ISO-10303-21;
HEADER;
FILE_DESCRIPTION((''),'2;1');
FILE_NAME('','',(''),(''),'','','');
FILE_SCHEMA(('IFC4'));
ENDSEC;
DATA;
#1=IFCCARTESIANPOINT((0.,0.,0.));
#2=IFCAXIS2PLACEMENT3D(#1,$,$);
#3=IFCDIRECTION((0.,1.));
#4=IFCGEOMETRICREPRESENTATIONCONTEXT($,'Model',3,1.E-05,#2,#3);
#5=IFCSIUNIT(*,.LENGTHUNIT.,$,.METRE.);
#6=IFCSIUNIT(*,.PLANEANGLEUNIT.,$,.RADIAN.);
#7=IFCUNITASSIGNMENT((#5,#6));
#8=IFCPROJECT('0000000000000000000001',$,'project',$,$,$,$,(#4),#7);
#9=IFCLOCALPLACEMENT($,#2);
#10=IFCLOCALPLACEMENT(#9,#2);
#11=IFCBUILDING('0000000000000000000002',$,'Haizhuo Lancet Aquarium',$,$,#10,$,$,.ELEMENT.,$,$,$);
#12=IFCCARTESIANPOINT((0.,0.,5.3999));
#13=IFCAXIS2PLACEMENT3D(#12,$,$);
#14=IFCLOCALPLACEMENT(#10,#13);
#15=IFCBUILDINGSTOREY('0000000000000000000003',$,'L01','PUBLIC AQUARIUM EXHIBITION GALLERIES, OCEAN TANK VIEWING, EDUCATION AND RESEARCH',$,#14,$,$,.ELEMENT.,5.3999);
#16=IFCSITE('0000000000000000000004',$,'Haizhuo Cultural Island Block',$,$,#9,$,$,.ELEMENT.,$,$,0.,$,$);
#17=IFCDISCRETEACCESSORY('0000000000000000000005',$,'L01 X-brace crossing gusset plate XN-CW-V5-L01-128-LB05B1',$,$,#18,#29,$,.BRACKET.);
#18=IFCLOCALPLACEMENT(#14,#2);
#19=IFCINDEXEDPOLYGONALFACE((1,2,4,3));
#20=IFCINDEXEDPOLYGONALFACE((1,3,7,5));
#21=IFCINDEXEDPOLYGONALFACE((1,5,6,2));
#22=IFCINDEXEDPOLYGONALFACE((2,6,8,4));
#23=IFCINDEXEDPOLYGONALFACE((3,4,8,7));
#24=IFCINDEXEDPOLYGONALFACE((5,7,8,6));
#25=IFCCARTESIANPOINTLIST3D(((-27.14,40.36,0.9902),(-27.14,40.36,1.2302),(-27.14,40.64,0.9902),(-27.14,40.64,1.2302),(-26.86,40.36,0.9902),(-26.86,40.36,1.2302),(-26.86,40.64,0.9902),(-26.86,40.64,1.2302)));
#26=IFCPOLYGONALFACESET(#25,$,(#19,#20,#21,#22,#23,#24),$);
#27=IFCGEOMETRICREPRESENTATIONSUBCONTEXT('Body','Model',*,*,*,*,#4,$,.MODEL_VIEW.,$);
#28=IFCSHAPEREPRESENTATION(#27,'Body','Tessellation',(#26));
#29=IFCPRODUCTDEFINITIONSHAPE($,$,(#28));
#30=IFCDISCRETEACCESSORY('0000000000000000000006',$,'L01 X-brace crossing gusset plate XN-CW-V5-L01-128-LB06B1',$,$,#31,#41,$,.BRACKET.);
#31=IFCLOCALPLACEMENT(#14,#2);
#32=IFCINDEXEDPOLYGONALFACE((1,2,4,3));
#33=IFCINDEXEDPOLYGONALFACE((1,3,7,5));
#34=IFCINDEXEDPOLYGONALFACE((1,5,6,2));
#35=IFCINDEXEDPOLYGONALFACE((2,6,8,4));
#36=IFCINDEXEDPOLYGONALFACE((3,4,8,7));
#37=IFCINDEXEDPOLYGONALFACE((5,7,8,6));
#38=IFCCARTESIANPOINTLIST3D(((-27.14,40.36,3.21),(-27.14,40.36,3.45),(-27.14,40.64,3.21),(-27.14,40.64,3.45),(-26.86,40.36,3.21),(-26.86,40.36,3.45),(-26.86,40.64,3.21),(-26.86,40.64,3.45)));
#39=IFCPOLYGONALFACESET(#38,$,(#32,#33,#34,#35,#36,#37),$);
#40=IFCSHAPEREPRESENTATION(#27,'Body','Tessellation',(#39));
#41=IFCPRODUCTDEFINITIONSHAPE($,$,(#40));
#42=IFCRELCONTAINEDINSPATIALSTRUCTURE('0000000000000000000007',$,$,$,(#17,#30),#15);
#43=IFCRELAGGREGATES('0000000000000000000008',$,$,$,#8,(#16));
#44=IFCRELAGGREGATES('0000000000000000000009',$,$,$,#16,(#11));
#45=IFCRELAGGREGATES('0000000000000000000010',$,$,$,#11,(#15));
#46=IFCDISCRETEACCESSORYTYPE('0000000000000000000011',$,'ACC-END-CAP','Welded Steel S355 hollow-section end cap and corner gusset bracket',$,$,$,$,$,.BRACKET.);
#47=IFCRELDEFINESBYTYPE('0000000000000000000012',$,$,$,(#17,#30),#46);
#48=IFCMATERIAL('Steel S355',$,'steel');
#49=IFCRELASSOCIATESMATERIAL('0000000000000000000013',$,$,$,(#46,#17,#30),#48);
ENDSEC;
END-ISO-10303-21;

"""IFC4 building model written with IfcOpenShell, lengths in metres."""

from ifc_helpers import new_model, si_unit, direction, frame, origin, origin_2d, place, context, subcontext, project, spatial, rectangle, extrude, material, type_object, element, save


model = new_model("IFC4")

# Units and contexts
model_context = context("Model", 3, precision=1e-05, world=origin(), true_north=direction((0.0, 1.0)))
body_context = subcontext(model_context, "Body", "Model", "MODEL_VIEW")
ifc_project = project(units=[si_unit("LENGTHUNIT", "METRE"), si_unit("PLANEANGLEUNIT", "RADIAN")], contexts=[model_context])

# Site, building, storey
site_placement = place(None, origin())
site = spatial("IfcSite", under=ifc_project, at=site_placement, Name="Haizhuo Cultural Island Block", CompositionType="ELEMENT", RefElevation=0.0)
building_placement = place(site_placement, origin())
building = spatial("IfcBuilding", under=site, at=building_placement, Name="Haizhuo Lancet Aquarium", CompositionType="ELEMENT")
storey_placement = place(building_placement, frame((0.0, 0.0, 5.3999)))
storey = spatial("IfcBuildingStorey", under=building, at=storey_placement, Name="L01", Description="PUBLIC AQUARIUM EXHIBITION GALLERIES, OCEAN TANK VIEWING, EDUCATION AND RESEARCH", CompositionType="ELEMENT", Elevation=5.3999)

# Shared definitions
ifc_material_1 = material(Name="Steel S355", Category="steel")

# Discrete accessories
discrete_accessory_type = type_object("IfcDiscreteAccessoryType", Name="ACC-END-CAP", Description="Welded Steel S355 hollow-section end cap and corner gusset bracket", PredefinedType="BRACKET", material=ifc_material_1)
for number, where, z_axis, x_axis, name in (
    (1, (-27.0, 40.5, 0.9902), (0.0, 0.0, 1.0), (1.0, 0.0, 0.0), "L01 X-brace crossing gusset plate XN-CW-V5-L01-128-LB05B1"),
    (2, (-27.0, 40.5, 3.21), (0.0, 0.0, 1.0), (1.0, 0.0, 0.0), "L01 X-brace crossing gusset plate XN-CW-V5-L01-128-LB06B1"),
):
    element("IfcDiscreteAccessory", number, at=place(storey_placement, frame(where, z_axis=z_axis, x_axis=x_axis)), inside=storey, type_object=discrete_accessory_type, material=ifc_material_1, Name=name, PredefinedType="BRACKET", context=body_context, shape_type="SweptSolid", body=[
        extrude(rectangle(XDim=0.28, YDim=0.28, at=origin_2d()), origin(), (0.0, 0.0, 1.0), 0.24),
    ])

save(model, "model.ifc")
